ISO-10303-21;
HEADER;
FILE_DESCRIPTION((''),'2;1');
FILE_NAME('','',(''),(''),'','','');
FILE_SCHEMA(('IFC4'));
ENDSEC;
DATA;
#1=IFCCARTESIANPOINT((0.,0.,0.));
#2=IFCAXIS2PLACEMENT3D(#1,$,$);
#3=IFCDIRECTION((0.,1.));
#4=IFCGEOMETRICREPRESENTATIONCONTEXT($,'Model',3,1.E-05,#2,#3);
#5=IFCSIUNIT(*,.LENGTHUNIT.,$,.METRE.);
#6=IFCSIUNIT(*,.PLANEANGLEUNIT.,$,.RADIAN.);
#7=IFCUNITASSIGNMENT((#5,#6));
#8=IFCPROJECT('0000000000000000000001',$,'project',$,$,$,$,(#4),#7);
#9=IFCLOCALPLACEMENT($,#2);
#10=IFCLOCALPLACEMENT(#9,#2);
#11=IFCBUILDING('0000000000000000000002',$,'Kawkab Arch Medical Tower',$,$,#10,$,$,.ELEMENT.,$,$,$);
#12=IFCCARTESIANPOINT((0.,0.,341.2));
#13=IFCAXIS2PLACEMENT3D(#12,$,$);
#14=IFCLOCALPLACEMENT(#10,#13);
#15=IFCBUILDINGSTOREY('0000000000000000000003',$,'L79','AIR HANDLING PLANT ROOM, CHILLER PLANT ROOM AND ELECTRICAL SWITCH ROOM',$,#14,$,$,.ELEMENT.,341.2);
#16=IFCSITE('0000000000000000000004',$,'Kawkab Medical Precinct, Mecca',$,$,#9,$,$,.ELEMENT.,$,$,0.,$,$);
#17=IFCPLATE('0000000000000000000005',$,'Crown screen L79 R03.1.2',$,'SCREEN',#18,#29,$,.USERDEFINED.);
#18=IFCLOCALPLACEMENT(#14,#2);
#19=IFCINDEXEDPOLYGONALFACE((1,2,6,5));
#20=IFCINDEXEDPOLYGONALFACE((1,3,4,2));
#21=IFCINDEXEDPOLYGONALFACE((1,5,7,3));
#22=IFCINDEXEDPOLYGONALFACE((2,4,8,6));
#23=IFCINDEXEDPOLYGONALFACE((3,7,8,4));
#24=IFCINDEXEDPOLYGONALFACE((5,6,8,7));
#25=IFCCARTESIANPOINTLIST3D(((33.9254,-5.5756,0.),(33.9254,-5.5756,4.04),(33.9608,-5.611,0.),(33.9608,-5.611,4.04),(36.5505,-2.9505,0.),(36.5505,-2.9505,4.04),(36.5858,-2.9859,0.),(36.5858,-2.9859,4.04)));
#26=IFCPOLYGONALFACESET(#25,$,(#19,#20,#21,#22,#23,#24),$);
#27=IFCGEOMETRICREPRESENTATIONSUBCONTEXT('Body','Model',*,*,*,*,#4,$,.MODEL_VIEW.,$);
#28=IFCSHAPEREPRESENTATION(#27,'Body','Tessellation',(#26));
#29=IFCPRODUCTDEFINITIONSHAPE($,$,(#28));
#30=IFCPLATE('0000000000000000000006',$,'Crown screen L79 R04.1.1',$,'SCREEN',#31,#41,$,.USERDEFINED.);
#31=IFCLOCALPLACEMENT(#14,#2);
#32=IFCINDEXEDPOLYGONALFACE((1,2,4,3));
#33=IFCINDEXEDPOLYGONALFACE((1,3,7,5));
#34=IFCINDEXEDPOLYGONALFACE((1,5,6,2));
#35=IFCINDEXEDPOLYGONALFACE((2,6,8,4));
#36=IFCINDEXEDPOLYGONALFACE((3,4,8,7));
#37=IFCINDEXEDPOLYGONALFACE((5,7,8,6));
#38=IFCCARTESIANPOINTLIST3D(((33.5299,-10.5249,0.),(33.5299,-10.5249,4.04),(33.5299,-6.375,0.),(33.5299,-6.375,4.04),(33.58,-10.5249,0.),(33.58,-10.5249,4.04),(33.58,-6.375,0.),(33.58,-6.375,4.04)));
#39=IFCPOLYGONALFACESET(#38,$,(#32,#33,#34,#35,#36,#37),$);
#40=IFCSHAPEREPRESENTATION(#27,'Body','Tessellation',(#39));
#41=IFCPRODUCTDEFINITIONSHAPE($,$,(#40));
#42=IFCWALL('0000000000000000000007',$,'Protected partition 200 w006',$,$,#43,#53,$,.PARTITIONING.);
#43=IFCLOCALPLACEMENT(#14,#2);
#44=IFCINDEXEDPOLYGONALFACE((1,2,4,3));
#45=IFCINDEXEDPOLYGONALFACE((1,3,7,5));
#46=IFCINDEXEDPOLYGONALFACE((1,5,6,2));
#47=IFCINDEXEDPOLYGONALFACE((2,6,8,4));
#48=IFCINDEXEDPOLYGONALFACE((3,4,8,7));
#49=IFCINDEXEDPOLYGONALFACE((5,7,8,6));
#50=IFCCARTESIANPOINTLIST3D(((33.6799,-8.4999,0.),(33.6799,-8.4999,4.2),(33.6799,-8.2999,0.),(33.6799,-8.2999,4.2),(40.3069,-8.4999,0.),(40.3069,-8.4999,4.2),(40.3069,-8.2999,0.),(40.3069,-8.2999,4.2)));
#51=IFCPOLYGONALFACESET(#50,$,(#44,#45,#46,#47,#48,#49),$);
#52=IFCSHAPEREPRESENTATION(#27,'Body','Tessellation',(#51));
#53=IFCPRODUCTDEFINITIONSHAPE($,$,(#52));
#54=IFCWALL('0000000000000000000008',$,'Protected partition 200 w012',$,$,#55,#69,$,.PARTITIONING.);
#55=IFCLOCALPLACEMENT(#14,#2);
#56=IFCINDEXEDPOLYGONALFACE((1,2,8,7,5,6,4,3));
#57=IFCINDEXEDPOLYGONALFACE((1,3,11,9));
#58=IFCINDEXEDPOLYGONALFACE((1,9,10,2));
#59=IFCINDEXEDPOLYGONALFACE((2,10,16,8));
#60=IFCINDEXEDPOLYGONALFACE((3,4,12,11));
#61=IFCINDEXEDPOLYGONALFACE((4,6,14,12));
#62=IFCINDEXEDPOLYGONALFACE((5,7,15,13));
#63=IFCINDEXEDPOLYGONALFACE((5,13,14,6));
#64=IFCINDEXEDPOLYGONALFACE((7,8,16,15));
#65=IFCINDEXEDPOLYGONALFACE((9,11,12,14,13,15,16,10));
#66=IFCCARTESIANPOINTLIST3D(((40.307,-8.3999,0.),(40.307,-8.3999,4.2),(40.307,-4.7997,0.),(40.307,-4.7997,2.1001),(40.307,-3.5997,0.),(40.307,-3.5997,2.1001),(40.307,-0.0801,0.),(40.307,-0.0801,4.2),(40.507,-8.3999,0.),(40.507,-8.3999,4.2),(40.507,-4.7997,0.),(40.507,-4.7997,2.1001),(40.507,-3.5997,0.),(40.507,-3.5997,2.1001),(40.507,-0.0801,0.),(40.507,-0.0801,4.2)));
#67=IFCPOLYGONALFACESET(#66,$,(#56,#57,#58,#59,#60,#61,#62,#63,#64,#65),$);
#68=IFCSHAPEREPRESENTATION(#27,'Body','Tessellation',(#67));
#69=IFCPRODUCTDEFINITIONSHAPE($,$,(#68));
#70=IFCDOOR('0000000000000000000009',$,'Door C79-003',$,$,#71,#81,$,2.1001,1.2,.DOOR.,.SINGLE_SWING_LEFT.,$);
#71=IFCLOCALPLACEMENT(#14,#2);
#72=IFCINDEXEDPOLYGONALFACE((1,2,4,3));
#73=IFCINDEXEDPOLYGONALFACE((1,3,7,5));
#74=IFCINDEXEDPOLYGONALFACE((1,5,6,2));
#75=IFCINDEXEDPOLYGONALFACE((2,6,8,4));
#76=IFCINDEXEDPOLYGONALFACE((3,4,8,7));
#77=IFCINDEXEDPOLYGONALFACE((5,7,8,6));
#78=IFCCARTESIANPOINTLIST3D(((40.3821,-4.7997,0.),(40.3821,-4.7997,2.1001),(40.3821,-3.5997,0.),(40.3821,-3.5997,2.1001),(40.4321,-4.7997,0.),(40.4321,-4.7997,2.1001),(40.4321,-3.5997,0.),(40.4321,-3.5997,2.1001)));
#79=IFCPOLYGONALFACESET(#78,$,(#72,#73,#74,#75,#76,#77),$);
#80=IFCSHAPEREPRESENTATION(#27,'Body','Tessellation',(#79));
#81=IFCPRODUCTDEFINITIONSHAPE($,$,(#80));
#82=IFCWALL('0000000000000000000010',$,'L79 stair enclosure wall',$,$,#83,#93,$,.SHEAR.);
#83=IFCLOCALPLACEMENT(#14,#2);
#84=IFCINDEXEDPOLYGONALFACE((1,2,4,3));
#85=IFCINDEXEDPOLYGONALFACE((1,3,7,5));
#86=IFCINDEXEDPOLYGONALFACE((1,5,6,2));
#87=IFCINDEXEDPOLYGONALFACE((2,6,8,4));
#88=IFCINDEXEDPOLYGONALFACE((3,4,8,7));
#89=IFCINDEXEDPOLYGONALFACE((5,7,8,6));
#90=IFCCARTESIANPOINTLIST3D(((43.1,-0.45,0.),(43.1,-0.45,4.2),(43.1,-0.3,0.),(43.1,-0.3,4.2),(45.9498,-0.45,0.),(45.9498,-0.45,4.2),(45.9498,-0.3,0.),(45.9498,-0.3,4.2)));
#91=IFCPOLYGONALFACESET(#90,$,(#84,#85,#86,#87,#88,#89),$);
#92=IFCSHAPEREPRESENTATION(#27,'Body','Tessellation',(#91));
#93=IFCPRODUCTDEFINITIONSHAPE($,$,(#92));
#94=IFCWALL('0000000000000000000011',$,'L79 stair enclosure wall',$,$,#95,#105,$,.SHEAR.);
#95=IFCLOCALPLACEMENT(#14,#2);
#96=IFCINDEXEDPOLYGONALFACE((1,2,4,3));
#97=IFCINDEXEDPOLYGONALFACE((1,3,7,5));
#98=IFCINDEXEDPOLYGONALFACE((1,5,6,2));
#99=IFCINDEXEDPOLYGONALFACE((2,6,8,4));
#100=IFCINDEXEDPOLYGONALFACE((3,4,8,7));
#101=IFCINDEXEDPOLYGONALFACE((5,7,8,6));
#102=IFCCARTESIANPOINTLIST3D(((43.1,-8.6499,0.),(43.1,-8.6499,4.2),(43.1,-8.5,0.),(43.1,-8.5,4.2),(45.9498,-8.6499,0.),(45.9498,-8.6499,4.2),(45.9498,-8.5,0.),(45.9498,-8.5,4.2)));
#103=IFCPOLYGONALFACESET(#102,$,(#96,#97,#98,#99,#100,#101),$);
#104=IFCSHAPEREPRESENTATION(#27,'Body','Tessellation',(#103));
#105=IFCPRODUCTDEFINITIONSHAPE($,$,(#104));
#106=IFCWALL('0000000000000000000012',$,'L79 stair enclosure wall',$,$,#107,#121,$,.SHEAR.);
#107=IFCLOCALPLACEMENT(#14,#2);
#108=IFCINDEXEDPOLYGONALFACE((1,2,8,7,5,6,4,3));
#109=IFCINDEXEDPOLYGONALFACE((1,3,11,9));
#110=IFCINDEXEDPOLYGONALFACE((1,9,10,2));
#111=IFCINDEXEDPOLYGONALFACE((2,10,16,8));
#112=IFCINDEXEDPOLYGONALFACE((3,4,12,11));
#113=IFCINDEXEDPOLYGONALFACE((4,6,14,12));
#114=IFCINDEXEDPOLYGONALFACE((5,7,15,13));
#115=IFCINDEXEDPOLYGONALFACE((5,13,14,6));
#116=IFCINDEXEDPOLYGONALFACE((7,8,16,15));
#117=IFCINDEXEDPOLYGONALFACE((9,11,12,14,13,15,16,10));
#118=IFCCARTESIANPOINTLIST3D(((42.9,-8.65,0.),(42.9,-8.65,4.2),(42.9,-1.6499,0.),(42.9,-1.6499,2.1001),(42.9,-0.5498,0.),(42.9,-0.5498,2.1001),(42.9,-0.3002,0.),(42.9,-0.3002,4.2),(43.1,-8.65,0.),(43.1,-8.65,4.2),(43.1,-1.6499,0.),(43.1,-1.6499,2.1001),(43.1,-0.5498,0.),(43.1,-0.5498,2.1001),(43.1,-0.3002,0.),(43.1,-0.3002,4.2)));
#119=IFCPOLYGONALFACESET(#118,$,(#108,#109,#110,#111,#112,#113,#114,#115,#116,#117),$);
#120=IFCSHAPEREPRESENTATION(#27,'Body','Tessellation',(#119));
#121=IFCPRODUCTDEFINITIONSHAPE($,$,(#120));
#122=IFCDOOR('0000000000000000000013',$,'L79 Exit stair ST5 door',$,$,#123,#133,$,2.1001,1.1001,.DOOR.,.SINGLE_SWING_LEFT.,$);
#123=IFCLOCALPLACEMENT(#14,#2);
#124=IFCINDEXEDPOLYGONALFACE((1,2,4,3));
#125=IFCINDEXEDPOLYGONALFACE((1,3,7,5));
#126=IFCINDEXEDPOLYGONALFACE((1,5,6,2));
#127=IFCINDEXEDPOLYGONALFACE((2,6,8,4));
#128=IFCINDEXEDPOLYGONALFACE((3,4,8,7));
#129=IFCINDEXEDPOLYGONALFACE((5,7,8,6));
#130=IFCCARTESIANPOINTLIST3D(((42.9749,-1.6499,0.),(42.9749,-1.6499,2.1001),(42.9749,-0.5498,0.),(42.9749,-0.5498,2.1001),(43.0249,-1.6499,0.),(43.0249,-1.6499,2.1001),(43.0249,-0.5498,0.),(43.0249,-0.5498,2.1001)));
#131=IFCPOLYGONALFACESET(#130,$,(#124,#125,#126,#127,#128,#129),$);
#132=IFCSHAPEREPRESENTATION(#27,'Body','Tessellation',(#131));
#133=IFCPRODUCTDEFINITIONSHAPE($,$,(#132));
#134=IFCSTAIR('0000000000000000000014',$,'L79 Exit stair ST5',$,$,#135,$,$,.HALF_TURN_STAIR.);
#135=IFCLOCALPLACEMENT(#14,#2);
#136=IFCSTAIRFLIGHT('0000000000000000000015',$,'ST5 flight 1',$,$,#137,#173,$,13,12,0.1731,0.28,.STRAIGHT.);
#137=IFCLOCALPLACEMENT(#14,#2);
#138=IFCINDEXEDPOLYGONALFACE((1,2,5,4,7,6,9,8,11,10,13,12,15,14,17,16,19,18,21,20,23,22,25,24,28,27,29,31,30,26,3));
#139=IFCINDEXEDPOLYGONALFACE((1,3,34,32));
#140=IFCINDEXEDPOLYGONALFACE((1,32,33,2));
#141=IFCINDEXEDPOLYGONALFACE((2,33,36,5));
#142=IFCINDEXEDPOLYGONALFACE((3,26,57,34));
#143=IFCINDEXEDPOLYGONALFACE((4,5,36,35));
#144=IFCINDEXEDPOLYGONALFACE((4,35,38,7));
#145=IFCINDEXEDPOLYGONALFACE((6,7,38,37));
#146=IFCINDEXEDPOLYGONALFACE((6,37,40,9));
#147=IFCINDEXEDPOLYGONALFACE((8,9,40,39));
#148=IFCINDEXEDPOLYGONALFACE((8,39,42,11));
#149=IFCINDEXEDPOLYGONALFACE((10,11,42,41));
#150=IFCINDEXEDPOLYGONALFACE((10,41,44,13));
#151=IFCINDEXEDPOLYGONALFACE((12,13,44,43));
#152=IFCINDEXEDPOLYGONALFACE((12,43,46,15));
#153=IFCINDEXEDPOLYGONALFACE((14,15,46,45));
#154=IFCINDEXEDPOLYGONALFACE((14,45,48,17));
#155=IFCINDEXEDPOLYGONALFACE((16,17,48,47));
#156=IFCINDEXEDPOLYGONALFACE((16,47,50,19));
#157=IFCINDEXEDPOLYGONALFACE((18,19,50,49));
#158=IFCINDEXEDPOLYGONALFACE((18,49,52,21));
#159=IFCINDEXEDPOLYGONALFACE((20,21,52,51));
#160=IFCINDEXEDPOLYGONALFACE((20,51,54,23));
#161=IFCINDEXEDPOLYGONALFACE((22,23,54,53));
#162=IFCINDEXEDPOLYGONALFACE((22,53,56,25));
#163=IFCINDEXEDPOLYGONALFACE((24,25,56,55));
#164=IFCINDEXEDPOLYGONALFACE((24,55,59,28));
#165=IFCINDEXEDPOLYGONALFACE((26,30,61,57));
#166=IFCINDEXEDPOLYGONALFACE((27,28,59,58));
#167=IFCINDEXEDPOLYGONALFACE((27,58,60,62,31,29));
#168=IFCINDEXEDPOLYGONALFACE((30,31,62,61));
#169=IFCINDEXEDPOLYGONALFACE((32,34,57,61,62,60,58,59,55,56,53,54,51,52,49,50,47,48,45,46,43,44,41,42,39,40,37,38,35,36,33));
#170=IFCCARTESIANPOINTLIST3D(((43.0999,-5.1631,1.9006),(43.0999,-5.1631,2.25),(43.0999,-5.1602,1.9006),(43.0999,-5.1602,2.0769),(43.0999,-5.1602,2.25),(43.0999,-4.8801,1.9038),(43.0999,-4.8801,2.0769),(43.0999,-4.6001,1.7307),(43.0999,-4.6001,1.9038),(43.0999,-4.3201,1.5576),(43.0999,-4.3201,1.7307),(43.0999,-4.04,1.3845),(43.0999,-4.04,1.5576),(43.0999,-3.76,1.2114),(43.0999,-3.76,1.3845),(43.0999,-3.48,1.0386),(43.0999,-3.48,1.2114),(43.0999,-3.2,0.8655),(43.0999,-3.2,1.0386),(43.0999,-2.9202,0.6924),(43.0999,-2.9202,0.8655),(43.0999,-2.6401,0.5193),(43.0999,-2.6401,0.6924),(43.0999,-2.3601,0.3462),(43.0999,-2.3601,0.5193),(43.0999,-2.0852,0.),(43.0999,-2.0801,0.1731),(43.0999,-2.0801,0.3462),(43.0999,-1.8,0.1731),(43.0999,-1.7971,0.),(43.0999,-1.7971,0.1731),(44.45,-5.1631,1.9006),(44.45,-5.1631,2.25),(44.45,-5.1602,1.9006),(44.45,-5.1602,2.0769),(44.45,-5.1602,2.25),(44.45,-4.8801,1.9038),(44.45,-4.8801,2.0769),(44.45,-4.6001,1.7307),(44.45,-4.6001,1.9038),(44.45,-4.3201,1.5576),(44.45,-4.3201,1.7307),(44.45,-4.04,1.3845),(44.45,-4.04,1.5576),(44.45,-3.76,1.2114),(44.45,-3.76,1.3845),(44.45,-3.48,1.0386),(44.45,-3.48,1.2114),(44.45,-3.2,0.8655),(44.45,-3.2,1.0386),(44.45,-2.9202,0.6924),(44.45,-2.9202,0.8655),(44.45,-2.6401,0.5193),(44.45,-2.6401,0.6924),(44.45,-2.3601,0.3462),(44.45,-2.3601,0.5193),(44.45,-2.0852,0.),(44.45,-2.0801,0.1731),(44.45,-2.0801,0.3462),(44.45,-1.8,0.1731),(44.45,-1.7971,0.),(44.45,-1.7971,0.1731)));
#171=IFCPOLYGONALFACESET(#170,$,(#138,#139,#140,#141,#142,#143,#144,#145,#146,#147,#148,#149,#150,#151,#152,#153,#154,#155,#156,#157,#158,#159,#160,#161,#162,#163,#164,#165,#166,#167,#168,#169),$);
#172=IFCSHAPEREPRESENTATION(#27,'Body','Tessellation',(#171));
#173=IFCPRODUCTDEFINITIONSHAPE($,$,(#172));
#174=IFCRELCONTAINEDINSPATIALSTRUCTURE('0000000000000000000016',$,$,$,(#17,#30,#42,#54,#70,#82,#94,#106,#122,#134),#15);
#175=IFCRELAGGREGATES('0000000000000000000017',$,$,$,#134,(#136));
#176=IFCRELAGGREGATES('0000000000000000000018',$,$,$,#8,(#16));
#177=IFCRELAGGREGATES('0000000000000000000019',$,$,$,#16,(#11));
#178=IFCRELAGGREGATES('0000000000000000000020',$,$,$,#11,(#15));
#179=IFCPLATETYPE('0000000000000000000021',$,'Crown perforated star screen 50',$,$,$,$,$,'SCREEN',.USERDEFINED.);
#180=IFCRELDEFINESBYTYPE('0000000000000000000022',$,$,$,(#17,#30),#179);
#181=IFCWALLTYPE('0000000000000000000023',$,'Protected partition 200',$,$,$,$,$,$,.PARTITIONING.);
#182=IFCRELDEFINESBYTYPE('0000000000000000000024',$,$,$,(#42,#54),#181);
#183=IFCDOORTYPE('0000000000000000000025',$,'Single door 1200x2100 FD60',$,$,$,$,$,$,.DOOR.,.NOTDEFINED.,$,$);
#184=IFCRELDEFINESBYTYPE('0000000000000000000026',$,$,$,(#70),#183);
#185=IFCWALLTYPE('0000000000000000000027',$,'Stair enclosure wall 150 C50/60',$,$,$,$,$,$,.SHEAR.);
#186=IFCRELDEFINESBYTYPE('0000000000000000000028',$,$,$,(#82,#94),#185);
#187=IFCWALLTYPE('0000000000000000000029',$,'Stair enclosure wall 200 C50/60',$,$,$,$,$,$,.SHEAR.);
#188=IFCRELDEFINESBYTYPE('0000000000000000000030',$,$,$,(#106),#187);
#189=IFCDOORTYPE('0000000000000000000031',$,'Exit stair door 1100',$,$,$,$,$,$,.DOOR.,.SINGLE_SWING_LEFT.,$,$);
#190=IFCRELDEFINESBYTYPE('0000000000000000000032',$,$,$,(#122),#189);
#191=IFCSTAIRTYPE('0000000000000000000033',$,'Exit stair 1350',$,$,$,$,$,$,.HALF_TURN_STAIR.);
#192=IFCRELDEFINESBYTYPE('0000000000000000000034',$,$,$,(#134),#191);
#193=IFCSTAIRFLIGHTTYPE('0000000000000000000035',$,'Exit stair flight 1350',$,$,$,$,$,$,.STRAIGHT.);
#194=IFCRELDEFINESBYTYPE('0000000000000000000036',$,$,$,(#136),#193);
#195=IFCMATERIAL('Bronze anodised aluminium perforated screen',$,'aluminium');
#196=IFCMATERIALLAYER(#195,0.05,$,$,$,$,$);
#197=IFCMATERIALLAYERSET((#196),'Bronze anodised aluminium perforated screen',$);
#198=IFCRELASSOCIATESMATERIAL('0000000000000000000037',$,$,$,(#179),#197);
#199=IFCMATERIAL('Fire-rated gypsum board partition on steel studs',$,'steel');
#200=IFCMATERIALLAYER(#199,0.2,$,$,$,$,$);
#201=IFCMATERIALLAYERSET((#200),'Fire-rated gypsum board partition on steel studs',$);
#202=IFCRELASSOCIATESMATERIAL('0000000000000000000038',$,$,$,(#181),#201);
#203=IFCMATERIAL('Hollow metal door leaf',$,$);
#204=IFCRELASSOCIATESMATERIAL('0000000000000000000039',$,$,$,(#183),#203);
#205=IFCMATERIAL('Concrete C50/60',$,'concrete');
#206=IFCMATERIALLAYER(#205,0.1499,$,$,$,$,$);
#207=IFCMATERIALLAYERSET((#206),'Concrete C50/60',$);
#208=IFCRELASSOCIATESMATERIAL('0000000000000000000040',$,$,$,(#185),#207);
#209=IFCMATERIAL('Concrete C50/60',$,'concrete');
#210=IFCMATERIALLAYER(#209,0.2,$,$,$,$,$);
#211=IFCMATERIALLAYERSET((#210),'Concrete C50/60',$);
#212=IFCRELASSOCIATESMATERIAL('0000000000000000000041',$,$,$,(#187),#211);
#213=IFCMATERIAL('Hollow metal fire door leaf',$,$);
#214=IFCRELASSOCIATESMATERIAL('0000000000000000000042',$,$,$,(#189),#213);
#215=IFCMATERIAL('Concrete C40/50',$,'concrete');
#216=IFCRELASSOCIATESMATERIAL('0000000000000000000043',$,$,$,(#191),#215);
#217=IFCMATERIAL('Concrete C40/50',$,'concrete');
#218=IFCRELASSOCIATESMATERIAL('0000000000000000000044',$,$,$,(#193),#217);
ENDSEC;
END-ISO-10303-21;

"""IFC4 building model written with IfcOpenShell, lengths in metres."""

from ifc_helpers import new_model, si_unit, direction, frame, frame_2d, origin, origin_2d, place, context, subcontext, project, spatial, polyline, rectangle, outline, extrude, material, layer, layer_set, type_object, element, fill, aggregate, save


model = new_model("IFC4")

# Units and contexts
model_context = context("Model", 3, precision=1e-05, world=origin(), true_north=direction((0.0, 1.0)))
body_context = subcontext(model_context, "Body", "Model", "MODEL_VIEW")
ifc_project = project(units=[si_unit("LENGTHUNIT", "METRE"), si_unit("PLANEANGLEUNIT", "RADIAN")], contexts=[model_context])

# Site, building, storey
site_placement = place(None, origin())
site = spatial("IfcSite", under=ifc_project, at=site_placement, Name="Kawkab Medical Precinct, Mecca", CompositionType="ELEMENT", RefElevation=0.0)
building_placement = place(site_placement, origin())
building = spatial("IfcBuilding", under=site, at=building_placement, Name="Kawkab Arch Medical Tower", CompositionType="ELEMENT")
storey_placement = place(building_placement, frame((0.0, 0.0, 341.2)))
storey = spatial("IfcBuildingStorey", under=building, at=storey_placement, Name="L79", Description="AIR HANDLING PLANT ROOM, CHILLER PLANT ROOM AND ELECTRICAL SWITCH ROOM", CompositionType="ELEMENT", Elevation=341.2)

# Shared definitions
placement = place(storey_placement, origin())

# Plates
ifc_material_1 = material(Name="Bronze anodised aluminium perforated screen", Category="aluminium")
ifc_layer_1 = layer(ifc_material_1, 0.05)
ifc_layer_set_1 = layer_set([ifc_layer_1], Name="Bronze anodised aluminium perforated screen")
plate_type_1 = type_object("IfcPlateType", Name="Crown perforated star screen 50", ElementType="SCREEN", PredefinedType="USERDEFINED", material=ifc_layer_set_1)
for number, where, z_axis, x_axis, name in (
    (1, (35.2556, -4.2808, 0.0), (0.0, 0.0, 1.0), (-0.707107, -0.707107, 0.0), "Crown screen L79 R03.1.2"),
):
    element("IfcPlate", number, at=place(storey_placement, frame(where, z_axis=z_axis, x_axis=x_axis)), inside=storey, type_object=plate_type_1, Name=name, ObjectType="SCREEN", PredefinedType="USERDEFINED", context=body_context, shape_type="SweptSolid", body=[
        extrude(rectangle(XDim=3.7124, YDim=0.05, at=origin_2d()), origin(), (0.0, 0.0, 1.0), 4.04),
    ])
plate_1_placement = place(storey_placement, frame((33.5549, -8.45, 0.0), z_axis=(0.0, 0.0, 1.0), x_axis=(0.0, -1.0, 0.0)))
element("IfcPlate", 2, at=plate_1_placement, inside=storey, type_object=plate_type_1, Name="Crown screen L79 R04.1.1", ObjectType="SCREEN", PredefinedType="USERDEFINED", context=body_context, shape_type="SweptSolid", body=[
    extrude(rectangle(XDim=4.1499, YDim=0.05, at=origin_2d()), origin(), (0.0, 0.0, 1.0), 4.04),
])

# Wall
ifc_material_2 = material(Name="Fire-rated gypsum board partition on steel studs", Category="steel")
ifc_layer_2 = layer(ifc_material_2, 0.2)
ifc_layer_set_2 = layer_set([ifc_layer_2], Name="Fire-rated gypsum board partition on steel studs")
wall_type_1 = type_object("IfcWallType", Name="Protected partition 200", PredefinedType="PARTITIONING", material=ifc_layer_set_2)
wall_1_placement = place(storey_placement, frame((33.6799, -8.3999, 0.0), z_axis=(0.0, 0.0, 1.0), x_axis=(1.0, 0.0, 0.0)))
element("IfcWall", 3, at=wall_1_placement, inside=storey, type_object=wall_type_1, Name="Protected partition 200 w006", PredefinedType="PARTITIONING", context=body_context, shape_type="SweptSolid", body=[
    extrude(rectangle(XDim=6.627, YDim=0.2, at=frame_2d((3.3135, 0.0))), origin(), (0.0, 0.0, 1.0), 4.2),
])

# Wall, opening, door
wall_2_placement = place(storey_placement, frame((40.407, -8.3999, 0.0), z_axis=(0.0, 0.0, 1.0), x_axis=(0.0, 1.0, 0.0)))
wall_2 = element("IfcWall", 4, at=wall_2_placement, inside=storey, type_object=wall_type_1, Name="Protected partition 200 w012", PredefinedType="PARTITIONING", context=body_context, shape_type="SweptSolid", body=[
    extrude(rectangle(XDim=8.3198, YDim=0.2, at=frame_2d((4.1599, 0.0))), origin(), (0.0, 0.0, 1.0), 4.2),
])
opening_1_placement = place(wall_2_placement, frame((3.6001, 0.0, 0.0)))
opening_1 = element("IfcOpeningElement", 5, at=opening_1_placement, cuts=wall_2, PredefinedType="OPENING", context=body_context, shape_type="SweptSolid", body=[
    extrude(rectangle(XDim=1.2, YDim=2.1001, at=frame_2d((0.6001, 1.05))), frame((0.0, 0.1099, 0.0), z_axis=(0.0, -1.0, 0.0), x_axis=(1.0, 0.0, 0.0)), (0.0, 0.0, 1.0), 0.22),
])
ifc_material_3 = material(Name="Hollow metal door leaf")
door_type_1 = type_object("IfcDoorType", Name="Single door 1200x2100 FD60", OperationType="NOTDEFINED", PredefinedType="DOOR", material=ifc_material_3)
door_1_placement = place(opening_1_placement, origin())
door_1 = element("IfcDoor", 6, at=door_1_placement, inside=storey, type_object=door_type_1, Name="Door C79-003", OperationType="SINGLE_SWING_LEFT", OverallHeight=2.1001, OverallWidth=1.2, PredefinedType="DOOR", context=body_context, shape_type="SweptSolid", body=[
    extrude(rectangle(XDim=1.2, YDim=2.1001, at=frame_2d((0.6001, 1.05))), frame((0.0, 0.0249, 0.0), z_axis=(0.0, -1.0, 0.0), x_axis=(1.0, 0.0, 0.0)), (0.0, 0.0, 1.0), 0.05),
])
fill(opening_1, door_1)

# Walls
ifc_material_4 = material(Name="Concrete C50/60", Category="concrete")
ifc_layer_3 = layer(ifc_material_4, 0.1499)
ifc_layer_set_3 = layer_set([ifc_layer_3], Name="Concrete C50/60")
wall_type_2 = type_object("IfcWallType", Name="Stair enclosure wall 150 C50/60", PredefinedType="SHEAR", material=ifc_layer_set_3)
for number, where, z_axis, x_axis, name in (
    (7, (43.1001, -0.375, 0.0), (0.0, 0.0, 1.0), (1.0, 0.0, 0.0), "L79 stair enclosure wall"),
    (8, (43.1001, -8.575, 0.0), (0.0, 0.0, 1.0), (1.0, 0.0, 0.0), "L79 stair enclosure wall"),
):
    element("IfcWall", number, at=place(storey_placement, frame(where, z_axis=z_axis, x_axis=x_axis)), inside=storey, type_object=wall_type_2, Name=name, PredefinedType="SHEAR", context=body_context, shape_type="SweptSolid", body=[
        extrude(rectangle(XDim=2.8499, YDim=0.1499, at=frame_2d((1.4248, 0.0))), origin(), (0.0, 0.0, 1.0), 4.2),
    ])

# Wall, opening, door
ifc_material_5 = material(Name="Concrete C50/60", Category="concrete")
ifc_layer_4 = layer(ifc_material_5, 0.2)
ifc_layer_set_4 = layer_set([ifc_layer_4], Name="Concrete C50/60")
wall_type_3 = type_object("IfcWallType", Name="Stair enclosure wall 200 C50/60", PredefinedType="SHEAR", material=ifc_layer_set_4)
wall_3_placement = place(storey_placement, frame((43.0, -8.6499, 0.0), z_axis=(0.0, 0.0, 1.0), x_axis=(0.0, 1.0, 0.0)))
wall_3 = element("IfcWall", 9, at=wall_3_placement, inside=storey, type_object=wall_type_3, Name="L79 stair enclosure wall", PredefinedType="SHEAR", context=body_context, shape_type="SweptSolid", body=[
    extrude(rectangle(XDim=8.3499, YDim=0.2, at=frame_2d((4.1748, 0.0))), origin(), (0.0, 0.0, 1.0), 4.2),
])
opening_2_placement = place(wall_3_placement, frame((7.0, 0.0, 0.0)))
opening_2 = element("IfcOpeningElement", 10, at=opening_2_placement, cuts=wall_3, PredefinedType="OPENING", context=body_context, shape_type="SweptSolid", body=[
    extrude(rectangle(XDim=1.1001, YDim=2.1001, at=frame_2d((0.55, 1.05))), frame((0.0, 0.1099, 0.0), z_axis=(0.0, -1.0, 0.0), x_axis=(1.0, 0.0, 0.0)), (0.0, 0.0, 1.0), 0.22),
])
ifc_material_6 = material(Name="Hollow metal fire door leaf")
door_type_2 = type_object("IfcDoorType", Name="Exit stair door 1100", OperationType="SINGLE_SWING_LEFT", PredefinedType="DOOR", material=ifc_material_6)
door_2_placement = place(opening_2_placement, frame((1.1001, 0.0, 0.0), z_axis=(0.0, 0.0, 1.0), x_axis=(-1.0, 0.0, 0.0)))
door_2 = element("IfcDoor", 11, at=door_2_placement, inside=storey, type_object=door_type_2, Name="L79 Exit stair ST5 door", OperationType="SINGLE_SWING_LEFT", OverallHeight=2.1001, OverallWidth=1.1001, PredefinedType="DOOR", context=body_context, shape_type="SweptSolid", body=[
    extrude(rectangle(XDim=1.1001, YDim=2.1001, at=frame_2d((0.55, 1.05))), frame((0.0, 0.0249, 0.0), z_axis=(0.0, -1.0, 0.0), x_axis=(1.0, 0.0, 0.0)), (0.0, 0.0, 1.0), 0.05),
])
fill(opening_2, door_2)

# Stair, stair flight
ifc_material_7 = material(Name="Concrete C40/50", Category="concrete")
stair_type = type_object("IfcStairType", Name="Exit stair 1350", PredefinedType="HALF_TURN_STAIR", material=ifc_material_7)
stair = element("IfcStair", 12, at=placement, inside=storey, type_object=stair_type, Name="L79 Exit stair ST5", PredefinedType="HALF_TURN_STAIR")
ifc_material_8 = material(Name="Concrete C40/50", Category="concrete")
stair_flight_type = type_object("IfcStairFlightType", Name="Exit stair flight 1350", PredefinedType="STRAIGHT", material=ifc_material_8)
stair_flight_placement = place(storey_placement, frame((43.7749, -1.8, 0.0), z_axis=(0.0, 0.0, 1.0), x_axis=(0.0, -1.0, 0.0)))
stair_flight = element("IfcStairFlight", 13, at=stair_flight_placement, type_object=stair_flight_type, Name="ST5 flight 1", NumberOfRisers=13, NumberOfTreads=12, PredefinedType="STRAIGHT", RiserHeight=0.1731, TreadLength=0.28, context=body_context, shape_type="SweptSolid", body=[
    extrude(outline(polyline([(-0.0029, 0.0), (-0.0029, 0.1731), (0.0, 0.1731), (0.28, 0.1731), (0.28, 0.3462), (0.5601, 0.3462), (0.5601, 0.5193), (0.8401, 0.5193), (0.8401, 0.6924), (1.1201, 0.6924), (1.1201, 0.8655), (1.3999, 0.8655), (1.3999, 1.0386), (1.6799, 1.0386), (1.6799, 1.2114), (1.96, 1.2114), (1.96, 1.3845), (2.24, 1.3845), (2.24, 1.5576), (2.52, 1.5576), (2.52, 1.7307), (2.8, 1.7307), (2.8, 1.9038), (3.0801, 1.9038), (3.0801, 2.0769), (3.3601, 2.0769), (3.3601, 2.25), (3.363, 2.25), (3.363, 1.9006), (3.3601, 1.9006), (0.2852, 0.0), (-0.0029, 0.0)])), frame((0.0, 0.675, 0.0), z_axis=(0.0, -1.0, 0.0), x_axis=(1.0, 0.0, 0.0)), (0.0, 0.0, 1.0), 1.3501),
])
aggregate(stair, [stair_flight])

save(model, "model.ifc")
